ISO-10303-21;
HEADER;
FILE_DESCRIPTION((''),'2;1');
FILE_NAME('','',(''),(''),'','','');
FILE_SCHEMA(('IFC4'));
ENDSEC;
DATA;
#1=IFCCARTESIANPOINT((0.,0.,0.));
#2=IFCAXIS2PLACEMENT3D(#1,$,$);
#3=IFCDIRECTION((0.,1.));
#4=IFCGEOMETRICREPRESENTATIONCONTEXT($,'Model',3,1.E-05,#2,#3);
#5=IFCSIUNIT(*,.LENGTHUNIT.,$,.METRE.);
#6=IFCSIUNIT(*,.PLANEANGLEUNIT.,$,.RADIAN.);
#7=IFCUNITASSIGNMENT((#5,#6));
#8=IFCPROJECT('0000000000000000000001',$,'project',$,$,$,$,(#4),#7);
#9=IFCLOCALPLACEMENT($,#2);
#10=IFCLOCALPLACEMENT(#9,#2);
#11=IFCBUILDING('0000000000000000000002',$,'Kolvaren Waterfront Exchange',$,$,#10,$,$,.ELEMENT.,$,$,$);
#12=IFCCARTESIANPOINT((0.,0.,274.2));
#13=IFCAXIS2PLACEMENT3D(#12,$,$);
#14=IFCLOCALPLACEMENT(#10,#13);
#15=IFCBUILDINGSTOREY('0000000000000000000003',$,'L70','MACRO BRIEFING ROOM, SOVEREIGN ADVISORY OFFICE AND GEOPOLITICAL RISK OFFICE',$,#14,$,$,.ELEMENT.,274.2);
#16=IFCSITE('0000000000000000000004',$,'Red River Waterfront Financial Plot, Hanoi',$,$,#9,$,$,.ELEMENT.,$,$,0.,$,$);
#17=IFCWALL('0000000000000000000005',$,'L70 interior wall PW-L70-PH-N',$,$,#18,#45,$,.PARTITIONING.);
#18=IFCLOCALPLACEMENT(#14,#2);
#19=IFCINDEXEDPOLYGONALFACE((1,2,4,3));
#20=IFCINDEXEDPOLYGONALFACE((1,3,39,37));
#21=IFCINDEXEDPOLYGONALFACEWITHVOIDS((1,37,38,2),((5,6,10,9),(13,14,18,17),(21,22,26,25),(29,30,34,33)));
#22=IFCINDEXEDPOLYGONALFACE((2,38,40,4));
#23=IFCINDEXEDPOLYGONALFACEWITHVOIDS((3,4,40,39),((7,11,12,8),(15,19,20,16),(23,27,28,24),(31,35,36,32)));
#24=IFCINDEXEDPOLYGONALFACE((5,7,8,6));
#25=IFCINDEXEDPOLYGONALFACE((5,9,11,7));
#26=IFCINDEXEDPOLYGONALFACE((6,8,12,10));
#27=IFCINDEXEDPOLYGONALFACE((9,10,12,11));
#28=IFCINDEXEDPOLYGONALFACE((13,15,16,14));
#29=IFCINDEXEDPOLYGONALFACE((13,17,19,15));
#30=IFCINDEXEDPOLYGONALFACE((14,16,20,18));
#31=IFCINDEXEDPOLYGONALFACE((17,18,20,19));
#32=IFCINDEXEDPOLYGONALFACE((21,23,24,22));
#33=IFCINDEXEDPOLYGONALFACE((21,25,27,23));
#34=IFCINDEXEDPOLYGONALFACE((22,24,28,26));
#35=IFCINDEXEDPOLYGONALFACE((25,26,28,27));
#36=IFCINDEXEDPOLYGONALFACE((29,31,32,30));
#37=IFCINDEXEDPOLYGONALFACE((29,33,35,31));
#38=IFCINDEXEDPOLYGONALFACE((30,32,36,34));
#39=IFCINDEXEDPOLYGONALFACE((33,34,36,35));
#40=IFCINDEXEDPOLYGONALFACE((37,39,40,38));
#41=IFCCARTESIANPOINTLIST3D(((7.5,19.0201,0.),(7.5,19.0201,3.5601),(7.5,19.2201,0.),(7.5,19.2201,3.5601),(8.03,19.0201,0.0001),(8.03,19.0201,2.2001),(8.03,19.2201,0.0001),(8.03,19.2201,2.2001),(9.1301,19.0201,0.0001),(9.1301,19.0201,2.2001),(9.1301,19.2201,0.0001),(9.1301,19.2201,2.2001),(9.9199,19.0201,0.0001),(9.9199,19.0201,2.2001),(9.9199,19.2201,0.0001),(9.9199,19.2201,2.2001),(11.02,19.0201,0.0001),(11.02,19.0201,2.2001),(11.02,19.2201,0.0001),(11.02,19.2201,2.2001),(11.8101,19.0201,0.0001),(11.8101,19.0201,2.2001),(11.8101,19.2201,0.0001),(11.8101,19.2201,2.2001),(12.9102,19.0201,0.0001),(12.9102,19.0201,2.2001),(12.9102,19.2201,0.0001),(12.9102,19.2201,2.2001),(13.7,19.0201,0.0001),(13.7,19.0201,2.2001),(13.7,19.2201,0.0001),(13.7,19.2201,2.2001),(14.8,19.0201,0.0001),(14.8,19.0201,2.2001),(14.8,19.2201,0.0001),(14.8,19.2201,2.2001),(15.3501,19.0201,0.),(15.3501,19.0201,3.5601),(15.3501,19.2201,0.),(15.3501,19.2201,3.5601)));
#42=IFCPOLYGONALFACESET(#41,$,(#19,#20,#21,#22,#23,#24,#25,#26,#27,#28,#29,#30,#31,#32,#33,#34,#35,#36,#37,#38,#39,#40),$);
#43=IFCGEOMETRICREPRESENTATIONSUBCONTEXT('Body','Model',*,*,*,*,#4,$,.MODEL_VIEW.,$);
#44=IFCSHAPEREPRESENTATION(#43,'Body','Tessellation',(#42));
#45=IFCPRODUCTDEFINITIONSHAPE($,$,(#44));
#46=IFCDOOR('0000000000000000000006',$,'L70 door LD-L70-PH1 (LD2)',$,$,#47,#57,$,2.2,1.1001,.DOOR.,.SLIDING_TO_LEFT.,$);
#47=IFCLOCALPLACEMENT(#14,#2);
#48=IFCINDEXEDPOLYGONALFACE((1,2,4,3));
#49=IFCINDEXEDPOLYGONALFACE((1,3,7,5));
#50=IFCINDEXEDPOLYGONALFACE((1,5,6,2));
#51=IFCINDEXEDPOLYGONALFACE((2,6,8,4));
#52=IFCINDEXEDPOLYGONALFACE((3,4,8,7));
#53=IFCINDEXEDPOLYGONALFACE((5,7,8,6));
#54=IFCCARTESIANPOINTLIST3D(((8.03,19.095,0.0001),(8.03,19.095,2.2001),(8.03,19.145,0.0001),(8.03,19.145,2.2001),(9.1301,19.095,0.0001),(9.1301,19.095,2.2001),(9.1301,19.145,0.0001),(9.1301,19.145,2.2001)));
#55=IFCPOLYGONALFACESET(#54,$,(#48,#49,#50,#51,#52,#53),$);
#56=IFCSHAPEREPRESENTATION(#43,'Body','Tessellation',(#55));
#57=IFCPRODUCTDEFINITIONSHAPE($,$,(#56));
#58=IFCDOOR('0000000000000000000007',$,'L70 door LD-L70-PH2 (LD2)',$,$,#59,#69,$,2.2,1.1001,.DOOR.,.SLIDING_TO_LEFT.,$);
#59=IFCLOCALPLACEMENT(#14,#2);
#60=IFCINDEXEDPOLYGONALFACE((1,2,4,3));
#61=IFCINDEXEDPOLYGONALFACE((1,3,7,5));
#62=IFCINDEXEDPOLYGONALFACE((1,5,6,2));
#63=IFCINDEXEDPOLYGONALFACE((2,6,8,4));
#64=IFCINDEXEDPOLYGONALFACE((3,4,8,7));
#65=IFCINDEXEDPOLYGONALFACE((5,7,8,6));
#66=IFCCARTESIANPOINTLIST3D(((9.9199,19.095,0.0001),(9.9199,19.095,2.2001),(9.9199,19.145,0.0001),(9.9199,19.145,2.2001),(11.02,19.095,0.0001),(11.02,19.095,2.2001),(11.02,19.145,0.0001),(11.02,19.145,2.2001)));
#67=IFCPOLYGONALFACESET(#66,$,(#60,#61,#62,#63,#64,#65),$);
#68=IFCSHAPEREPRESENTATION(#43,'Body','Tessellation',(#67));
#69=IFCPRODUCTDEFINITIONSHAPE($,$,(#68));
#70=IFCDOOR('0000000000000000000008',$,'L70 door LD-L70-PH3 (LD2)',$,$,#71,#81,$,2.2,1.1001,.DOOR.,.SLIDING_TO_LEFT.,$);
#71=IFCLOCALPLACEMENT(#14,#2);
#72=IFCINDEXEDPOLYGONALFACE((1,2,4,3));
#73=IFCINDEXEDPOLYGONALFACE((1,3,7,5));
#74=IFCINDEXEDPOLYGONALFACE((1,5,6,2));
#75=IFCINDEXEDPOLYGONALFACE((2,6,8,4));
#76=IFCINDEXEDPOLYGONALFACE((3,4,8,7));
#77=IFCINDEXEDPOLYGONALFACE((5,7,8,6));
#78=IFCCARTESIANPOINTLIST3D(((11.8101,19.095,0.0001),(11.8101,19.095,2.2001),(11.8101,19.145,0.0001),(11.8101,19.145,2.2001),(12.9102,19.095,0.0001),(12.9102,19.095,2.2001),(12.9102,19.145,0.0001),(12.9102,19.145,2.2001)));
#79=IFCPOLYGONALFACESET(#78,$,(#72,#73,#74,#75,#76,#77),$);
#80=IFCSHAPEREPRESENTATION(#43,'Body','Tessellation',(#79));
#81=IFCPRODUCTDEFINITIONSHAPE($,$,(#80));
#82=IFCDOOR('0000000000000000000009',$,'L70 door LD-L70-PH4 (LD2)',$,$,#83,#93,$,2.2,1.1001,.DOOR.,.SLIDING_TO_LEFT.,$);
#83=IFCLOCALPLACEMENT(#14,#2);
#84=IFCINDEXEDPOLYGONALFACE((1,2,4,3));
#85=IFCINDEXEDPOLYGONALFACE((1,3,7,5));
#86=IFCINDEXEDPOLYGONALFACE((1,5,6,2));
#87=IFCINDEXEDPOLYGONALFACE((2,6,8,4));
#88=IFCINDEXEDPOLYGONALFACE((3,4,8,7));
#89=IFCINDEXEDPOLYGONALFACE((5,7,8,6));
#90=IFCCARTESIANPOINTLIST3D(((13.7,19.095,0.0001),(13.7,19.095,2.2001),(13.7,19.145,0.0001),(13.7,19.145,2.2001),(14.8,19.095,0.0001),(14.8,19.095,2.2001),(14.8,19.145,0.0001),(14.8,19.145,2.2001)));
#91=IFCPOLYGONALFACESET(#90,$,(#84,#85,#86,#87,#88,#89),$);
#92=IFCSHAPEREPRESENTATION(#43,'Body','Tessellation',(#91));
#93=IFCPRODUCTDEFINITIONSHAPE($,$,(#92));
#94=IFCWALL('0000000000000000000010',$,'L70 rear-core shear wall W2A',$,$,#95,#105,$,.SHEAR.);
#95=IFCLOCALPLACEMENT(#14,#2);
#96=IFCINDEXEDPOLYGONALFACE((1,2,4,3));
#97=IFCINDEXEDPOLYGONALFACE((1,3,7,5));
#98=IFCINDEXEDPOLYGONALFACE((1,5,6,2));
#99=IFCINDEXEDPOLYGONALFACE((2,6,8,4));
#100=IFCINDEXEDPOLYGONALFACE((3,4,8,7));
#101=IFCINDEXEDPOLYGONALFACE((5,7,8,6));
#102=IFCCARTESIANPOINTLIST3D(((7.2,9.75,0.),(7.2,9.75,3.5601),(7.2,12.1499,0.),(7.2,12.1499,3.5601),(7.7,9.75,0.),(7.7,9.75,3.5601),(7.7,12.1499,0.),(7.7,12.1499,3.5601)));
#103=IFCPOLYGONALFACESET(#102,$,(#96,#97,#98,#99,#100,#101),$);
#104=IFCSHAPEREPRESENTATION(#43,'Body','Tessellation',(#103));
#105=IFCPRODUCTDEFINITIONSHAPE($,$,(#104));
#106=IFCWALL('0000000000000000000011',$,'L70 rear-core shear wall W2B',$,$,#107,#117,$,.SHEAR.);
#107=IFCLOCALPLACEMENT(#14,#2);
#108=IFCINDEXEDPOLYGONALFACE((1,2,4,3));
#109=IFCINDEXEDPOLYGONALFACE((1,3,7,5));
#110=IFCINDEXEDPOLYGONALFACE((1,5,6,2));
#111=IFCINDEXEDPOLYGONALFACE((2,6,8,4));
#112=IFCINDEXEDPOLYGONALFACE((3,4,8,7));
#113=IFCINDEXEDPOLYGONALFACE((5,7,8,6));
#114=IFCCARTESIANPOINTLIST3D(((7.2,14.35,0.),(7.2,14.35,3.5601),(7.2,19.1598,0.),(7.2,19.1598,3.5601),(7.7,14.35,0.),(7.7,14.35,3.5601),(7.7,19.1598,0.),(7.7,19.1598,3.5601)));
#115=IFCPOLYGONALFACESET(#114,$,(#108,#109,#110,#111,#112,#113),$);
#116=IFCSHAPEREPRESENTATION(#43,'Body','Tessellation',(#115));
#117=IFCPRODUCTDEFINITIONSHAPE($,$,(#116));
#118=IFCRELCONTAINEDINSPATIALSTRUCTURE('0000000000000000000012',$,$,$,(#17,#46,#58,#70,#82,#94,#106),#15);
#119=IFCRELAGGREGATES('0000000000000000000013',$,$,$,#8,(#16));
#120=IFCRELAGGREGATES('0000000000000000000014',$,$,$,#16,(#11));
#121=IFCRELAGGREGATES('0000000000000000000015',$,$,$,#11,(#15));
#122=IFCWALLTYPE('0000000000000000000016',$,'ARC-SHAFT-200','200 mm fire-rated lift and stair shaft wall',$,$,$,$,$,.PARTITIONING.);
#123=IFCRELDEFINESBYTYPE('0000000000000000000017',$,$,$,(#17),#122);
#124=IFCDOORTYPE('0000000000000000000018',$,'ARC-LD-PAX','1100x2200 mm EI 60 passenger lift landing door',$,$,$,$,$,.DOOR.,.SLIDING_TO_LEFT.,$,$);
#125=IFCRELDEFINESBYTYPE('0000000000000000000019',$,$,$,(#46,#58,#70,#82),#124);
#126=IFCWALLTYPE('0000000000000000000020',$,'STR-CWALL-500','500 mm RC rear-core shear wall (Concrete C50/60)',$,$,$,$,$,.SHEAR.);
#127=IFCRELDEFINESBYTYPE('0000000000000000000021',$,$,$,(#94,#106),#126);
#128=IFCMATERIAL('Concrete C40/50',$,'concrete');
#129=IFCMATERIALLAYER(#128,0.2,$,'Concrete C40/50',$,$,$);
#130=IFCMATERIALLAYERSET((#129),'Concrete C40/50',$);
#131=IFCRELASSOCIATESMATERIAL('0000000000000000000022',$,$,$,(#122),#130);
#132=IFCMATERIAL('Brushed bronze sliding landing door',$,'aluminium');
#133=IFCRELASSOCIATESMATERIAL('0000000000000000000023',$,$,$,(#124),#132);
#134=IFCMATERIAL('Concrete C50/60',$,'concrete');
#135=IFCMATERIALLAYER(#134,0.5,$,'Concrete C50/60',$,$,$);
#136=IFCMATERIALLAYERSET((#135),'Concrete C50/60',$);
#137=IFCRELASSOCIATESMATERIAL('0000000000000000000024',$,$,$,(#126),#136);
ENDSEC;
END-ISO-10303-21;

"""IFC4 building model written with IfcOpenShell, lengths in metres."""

from ifc_helpers import new_model, si_unit, direction, frame, frame_2d, origin, place, context, subcontext, project, spatial, rectangle, extrude, material, layer, layer_set, type_object, element, fill, save


model = new_model("IFC4")

# Units and contexts
model_context = context("Model", 3, precision=1e-05, world=origin(), true_north=direction((0.0, 1.0)))
body_context = subcontext(model_context, "Body", "Model", "MODEL_VIEW")
ifc_project = project(units=[si_unit("LENGTHUNIT", "METRE"), si_unit("PLANEANGLEUNIT", "RADIAN")], contexts=[model_context])

# Site, building, storey
site_placement = place(None, origin())
site = spatial("IfcSite", under=ifc_project, at=site_placement, Name="Red River Waterfront Financial Plot, Hanoi", CompositionType="ELEMENT", RefElevation=0.0)
building_placement = place(site_placement, origin())
building = spatial("IfcBuilding", under=site, at=building_placement, Name="Kolvaren Waterfront Exchange", CompositionType="ELEMENT")
storey_placement = place(building_placement, frame((0.0, 0.0, 274.2)))
storey = spatial("IfcBuildingStorey", under=building, at=storey_placement, Name="L70", Description="MACRO BRIEFING ROOM, SOVEREIGN ADVISORY OFFICE AND GEOPOLITICAL RISK OFFICE", CompositionType="ELEMENT", Elevation=274.2)

# Shared definitions
ifc_material_1 = material(Name="Concrete C40/50", Category="concrete")
ifc_layer_1 = layer(ifc_material_1, 0.2, Name="Concrete C40/50")
ifc_layer_set_1 = layer_set([ifc_layer_1], Name="Concrete C40/50")
wall_type_1 = type_object("IfcWallType", Name="ARC-SHAFT-200", Description="200 mm fire-rated lift and stair shaft wall", PredefinedType="PARTITIONING", material=ifc_layer_set_1)

# Wall, openings, doors
wall_1_placement = place(storey_placement, frame((7.5, 19.1201, 0.0), z_axis=(0.0, 0.0, 1.0), x_axis=(1.0, 0.0, 0.0)))
wall_1 = element("IfcWall", 1, at=wall_1_placement, inside=storey, type_object=wall_type_1, Name="L70 interior wall PW-L70-PH-N", PredefinedType="PARTITIONING", context=body_context, shape_type="SweptSolid", body=[
    extrude(rectangle(XDim=7.8501, YDim=0.2, at=frame_2d((3.925, 0.0))), origin(), (0.0, 0.0, 1.0), 3.5601),
])
opening_1_placement = place(wall_1_placement, frame((0.53, 0.0, 0.0)))
opening_1 = element("IfcOpeningElement", 2, at=opening_1_placement, cuts=wall_1, PredefinedType="OPENING", context=body_context, shape_type="SweptSolid", body=[
    extrude(rectangle(XDim=1.1001, YDim=2.2, at=frame_2d((0.55, 1.1001))), frame((0.0, 0.1099, 0.0), z_axis=(0.0, -1.0, 0.0), x_axis=(1.0, 0.0, 0.0)), (0.0, 0.0, 1.0), 0.22),
])
opening_2_placement = place(wall_1_placement, frame((2.4199, 0.0, 0.0)))
opening_2 = element("IfcOpeningElement", 3, at=opening_2_placement, cuts=wall_1, PredefinedType="OPENING", context=body_context, shape_type="SweptSolid", body=[
    extrude(rectangle(XDim=1.1001, YDim=2.2, at=frame_2d((0.55, 1.1001))), frame((0.0, 0.1099, 0.0), z_axis=(0.0, -1.0, 0.0), x_axis=(1.0, 0.0, 0.0)), (0.0, 0.0, 1.0), 0.22),
])
opening_3_placement = place(wall_1_placement, frame((4.3101, 0.0, 0.0)))
opening_3 = element("IfcOpeningElement", 4, at=opening_3_placement, cuts=wall_1, PredefinedType="OPENING", context=body_context, shape_type="SweptSolid", body=[
    extrude(rectangle(XDim=1.1001, YDim=2.2, at=frame_2d((0.55, 1.1001))), frame((0.0, 0.1099, 0.0), z_axis=(0.0, -1.0, 0.0), x_axis=(1.0, 0.0, 0.0)), (0.0, 0.0, 1.0), 0.22),
])
opening_4_placement = place(wall_1_placement, frame((6.2, 0.0, 0.0)))
opening_4 = element("IfcOpeningElement", 5, at=opening_4_placement, cuts=wall_1, PredefinedType="OPENING", context=body_context, shape_type="SweptSolid", body=[
    extrude(rectangle(XDim=1.1001, YDim=2.2, at=frame_2d((0.55, 1.1001))), frame((0.0, 0.1099, 0.0), z_axis=(0.0, -1.0, 0.0), x_axis=(1.0, 0.0, 0.0)), (0.0, 0.0, 1.0), 0.22),
])
ifc_material_2 = material(Name="Brushed bronze sliding landing door", Category="aluminium")
door_type_1 = type_object("IfcDoorType", Name="ARC-LD-PAX", Description="1100x2200 mm EI 60 passenger lift landing door", OperationType="SLIDING_TO_LEFT", PredefinedType="DOOR", material=ifc_material_2)
door_1_placement = place(opening_1_placement, origin())
door_1 = element("IfcDoor", 6, at=door_1_placement, inside=storey, type_object=door_type_1, Name="L70 door LD-L70-PH1 (LD2)", OperationType="SLIDING_TO_LEFT", OverallHeight=2.2, OverallWidth=1.1001, PredefinedType="DOOR", context=body_context, shape_type="SweptSolid", body=[
    extrude(rectangle(XDim=1.1001, YDim=2.2, at=frame_2d((0.55, 1.1001))), frame((0.0, 0.0249, 0.0), z_axis=(0.0, -1.0, 0.0), x_axis=(1.0, 0.0, 0.0)), (0.0, 0.0, 1.0), 0.05),
])
fill(opening_1, door_1)
door_2_placement = place(opening_2_placement, origin())
door_2 = element("IfcDoor", 7, at=door_2_placement, inside=storey, type_object=door_type_1, Name="L70 door LD-L70-PH2 (LD2)", OperationType="SLIDING_TO_LEFT", OverallHeight=2.2, OverallWidth=1.1001, PredefinedType="DOOR", context=body_context, shape_type="SweptSolid", body=[
    extrude(rectangle(XDim=1.1001, YDim=2.2, at=frame_2d((0.55, 1.1001))), frame((0.0, 0.0249, 0.0), z_axis=(0.0, -1.0, 0.0), x_axis=(1.0, 0.0, 0.0)), (0.0, 0.0, 1.0), 0.05),
])
fill(opening_2, door_2)
door_3_placement = place(opening_3_placement, origin())
door_3 = element("IfcDoor", 8, at=door_3_placement, inside=storey, type_object=door_type_1, Name="L70 door LD-L70-PH3 (LD2)", OperationType="SLIDING_TO_LEFT", OverallHeight=2.2, OverallWidth=1.1001, PredefinedType="DOOR", context=body_context, shape_type="SweptSolid", body=[
    extrude(rectangle(XDim=1.1001, YDim=2.2, at=frame_2d((0.55, 1.1001))), frame((0.0, 0.0249, 0.0), z_axis=(0.0, -1.0, 0.0), x_axis=(1.0, 0.0, 0.0)), (0.0, 0.0, 1.0), 0.05),
])
fill(opening_3, door_3)
door_4_placement = place(opening_4_placement, origin())
door_4 = element("IfcDoor", 9, at=door_4_placement, inside=storey, type_object=door_type_1, Name="L70 door LD-L70-PH4 (LD2)", OperationType="SLIDING_TO_LEFT", OverallHeight=2.2, OverallWidth=1.1001, PredefinedType="DOOR", context=body_context, shape_type="SweptSolid", body=[
    extrude(rectangle(XDim=1.1001, YDim=2.2, at=frame_2d((0.55, 1.1001))), frame((0.0, 0.0249, 0.0), z_axis=(0.0, -1.0, 0.0), x_axis=(1.0, 0.0, 0.0)), (0.0, 0.0, 1.0), 0.05),
])
fill(opening_4, door_4)

# Walls
ifc_material_3 = material(Name="Concrete C50/60", Category="concrete")
ifc_layer_2 = layer(ifc_material_3, 0.5, Name="Concrete C50/60")
ifc_layer_set_2 = layer_set([ifc_layer_2], Name="Concrete C50/60")
wall_type_2 = type_object("IfcWallType", Name="STR-CWALL-500", Description="500 mm RC rear-core shear wall (Concrete C50/60)", PredefinedType="SHEAR", material=ifc_layer_set_2)
wall_2_placement = place(storey_placement, frame((7.45, 9.75, 0.0), z_axis=(0.0, 0.0, 1.0), x_axis=(0.0, 1.0, 0.0)))
element("IfcWall", 10, at=wall_2_placement, inside=storey, type_object=wall_type_2, Name="L70 rear-core shear wall W2A", PredefinedType="SHEAR", context=body_context, shape_type="SweptSolid", body=[
    extrude(rectangle(XDim=2.3999, YDim=0.5, at=frame_2d((1.2, 0.0))), origin(), (0.0, 0.0, 1.0), 3.5601),
])
wall_3_placement = place(storey_placement, frame((7.45, 14.3501, 0.0), z_axis=(0.0, 0.0, 1.0), x_axis=(0.0, 1.0, 0.0)))
element("IfcWall", 11, at=wall_3_placement, inside=storey, type_object=wall_type_2, Name="L70 rear-core shear wall W2B", PredefinedType="SHEAR", context=body_context, shape_type="SweptSolid", body=[
    extrude(rectangle(XDim=4.8098, YDim=0.5, at=frame_2d((2.4048, 0.0))), origin(), (0.0, 0.0, 1.0), 3.5601),
])

save(model, "model.ifc")
